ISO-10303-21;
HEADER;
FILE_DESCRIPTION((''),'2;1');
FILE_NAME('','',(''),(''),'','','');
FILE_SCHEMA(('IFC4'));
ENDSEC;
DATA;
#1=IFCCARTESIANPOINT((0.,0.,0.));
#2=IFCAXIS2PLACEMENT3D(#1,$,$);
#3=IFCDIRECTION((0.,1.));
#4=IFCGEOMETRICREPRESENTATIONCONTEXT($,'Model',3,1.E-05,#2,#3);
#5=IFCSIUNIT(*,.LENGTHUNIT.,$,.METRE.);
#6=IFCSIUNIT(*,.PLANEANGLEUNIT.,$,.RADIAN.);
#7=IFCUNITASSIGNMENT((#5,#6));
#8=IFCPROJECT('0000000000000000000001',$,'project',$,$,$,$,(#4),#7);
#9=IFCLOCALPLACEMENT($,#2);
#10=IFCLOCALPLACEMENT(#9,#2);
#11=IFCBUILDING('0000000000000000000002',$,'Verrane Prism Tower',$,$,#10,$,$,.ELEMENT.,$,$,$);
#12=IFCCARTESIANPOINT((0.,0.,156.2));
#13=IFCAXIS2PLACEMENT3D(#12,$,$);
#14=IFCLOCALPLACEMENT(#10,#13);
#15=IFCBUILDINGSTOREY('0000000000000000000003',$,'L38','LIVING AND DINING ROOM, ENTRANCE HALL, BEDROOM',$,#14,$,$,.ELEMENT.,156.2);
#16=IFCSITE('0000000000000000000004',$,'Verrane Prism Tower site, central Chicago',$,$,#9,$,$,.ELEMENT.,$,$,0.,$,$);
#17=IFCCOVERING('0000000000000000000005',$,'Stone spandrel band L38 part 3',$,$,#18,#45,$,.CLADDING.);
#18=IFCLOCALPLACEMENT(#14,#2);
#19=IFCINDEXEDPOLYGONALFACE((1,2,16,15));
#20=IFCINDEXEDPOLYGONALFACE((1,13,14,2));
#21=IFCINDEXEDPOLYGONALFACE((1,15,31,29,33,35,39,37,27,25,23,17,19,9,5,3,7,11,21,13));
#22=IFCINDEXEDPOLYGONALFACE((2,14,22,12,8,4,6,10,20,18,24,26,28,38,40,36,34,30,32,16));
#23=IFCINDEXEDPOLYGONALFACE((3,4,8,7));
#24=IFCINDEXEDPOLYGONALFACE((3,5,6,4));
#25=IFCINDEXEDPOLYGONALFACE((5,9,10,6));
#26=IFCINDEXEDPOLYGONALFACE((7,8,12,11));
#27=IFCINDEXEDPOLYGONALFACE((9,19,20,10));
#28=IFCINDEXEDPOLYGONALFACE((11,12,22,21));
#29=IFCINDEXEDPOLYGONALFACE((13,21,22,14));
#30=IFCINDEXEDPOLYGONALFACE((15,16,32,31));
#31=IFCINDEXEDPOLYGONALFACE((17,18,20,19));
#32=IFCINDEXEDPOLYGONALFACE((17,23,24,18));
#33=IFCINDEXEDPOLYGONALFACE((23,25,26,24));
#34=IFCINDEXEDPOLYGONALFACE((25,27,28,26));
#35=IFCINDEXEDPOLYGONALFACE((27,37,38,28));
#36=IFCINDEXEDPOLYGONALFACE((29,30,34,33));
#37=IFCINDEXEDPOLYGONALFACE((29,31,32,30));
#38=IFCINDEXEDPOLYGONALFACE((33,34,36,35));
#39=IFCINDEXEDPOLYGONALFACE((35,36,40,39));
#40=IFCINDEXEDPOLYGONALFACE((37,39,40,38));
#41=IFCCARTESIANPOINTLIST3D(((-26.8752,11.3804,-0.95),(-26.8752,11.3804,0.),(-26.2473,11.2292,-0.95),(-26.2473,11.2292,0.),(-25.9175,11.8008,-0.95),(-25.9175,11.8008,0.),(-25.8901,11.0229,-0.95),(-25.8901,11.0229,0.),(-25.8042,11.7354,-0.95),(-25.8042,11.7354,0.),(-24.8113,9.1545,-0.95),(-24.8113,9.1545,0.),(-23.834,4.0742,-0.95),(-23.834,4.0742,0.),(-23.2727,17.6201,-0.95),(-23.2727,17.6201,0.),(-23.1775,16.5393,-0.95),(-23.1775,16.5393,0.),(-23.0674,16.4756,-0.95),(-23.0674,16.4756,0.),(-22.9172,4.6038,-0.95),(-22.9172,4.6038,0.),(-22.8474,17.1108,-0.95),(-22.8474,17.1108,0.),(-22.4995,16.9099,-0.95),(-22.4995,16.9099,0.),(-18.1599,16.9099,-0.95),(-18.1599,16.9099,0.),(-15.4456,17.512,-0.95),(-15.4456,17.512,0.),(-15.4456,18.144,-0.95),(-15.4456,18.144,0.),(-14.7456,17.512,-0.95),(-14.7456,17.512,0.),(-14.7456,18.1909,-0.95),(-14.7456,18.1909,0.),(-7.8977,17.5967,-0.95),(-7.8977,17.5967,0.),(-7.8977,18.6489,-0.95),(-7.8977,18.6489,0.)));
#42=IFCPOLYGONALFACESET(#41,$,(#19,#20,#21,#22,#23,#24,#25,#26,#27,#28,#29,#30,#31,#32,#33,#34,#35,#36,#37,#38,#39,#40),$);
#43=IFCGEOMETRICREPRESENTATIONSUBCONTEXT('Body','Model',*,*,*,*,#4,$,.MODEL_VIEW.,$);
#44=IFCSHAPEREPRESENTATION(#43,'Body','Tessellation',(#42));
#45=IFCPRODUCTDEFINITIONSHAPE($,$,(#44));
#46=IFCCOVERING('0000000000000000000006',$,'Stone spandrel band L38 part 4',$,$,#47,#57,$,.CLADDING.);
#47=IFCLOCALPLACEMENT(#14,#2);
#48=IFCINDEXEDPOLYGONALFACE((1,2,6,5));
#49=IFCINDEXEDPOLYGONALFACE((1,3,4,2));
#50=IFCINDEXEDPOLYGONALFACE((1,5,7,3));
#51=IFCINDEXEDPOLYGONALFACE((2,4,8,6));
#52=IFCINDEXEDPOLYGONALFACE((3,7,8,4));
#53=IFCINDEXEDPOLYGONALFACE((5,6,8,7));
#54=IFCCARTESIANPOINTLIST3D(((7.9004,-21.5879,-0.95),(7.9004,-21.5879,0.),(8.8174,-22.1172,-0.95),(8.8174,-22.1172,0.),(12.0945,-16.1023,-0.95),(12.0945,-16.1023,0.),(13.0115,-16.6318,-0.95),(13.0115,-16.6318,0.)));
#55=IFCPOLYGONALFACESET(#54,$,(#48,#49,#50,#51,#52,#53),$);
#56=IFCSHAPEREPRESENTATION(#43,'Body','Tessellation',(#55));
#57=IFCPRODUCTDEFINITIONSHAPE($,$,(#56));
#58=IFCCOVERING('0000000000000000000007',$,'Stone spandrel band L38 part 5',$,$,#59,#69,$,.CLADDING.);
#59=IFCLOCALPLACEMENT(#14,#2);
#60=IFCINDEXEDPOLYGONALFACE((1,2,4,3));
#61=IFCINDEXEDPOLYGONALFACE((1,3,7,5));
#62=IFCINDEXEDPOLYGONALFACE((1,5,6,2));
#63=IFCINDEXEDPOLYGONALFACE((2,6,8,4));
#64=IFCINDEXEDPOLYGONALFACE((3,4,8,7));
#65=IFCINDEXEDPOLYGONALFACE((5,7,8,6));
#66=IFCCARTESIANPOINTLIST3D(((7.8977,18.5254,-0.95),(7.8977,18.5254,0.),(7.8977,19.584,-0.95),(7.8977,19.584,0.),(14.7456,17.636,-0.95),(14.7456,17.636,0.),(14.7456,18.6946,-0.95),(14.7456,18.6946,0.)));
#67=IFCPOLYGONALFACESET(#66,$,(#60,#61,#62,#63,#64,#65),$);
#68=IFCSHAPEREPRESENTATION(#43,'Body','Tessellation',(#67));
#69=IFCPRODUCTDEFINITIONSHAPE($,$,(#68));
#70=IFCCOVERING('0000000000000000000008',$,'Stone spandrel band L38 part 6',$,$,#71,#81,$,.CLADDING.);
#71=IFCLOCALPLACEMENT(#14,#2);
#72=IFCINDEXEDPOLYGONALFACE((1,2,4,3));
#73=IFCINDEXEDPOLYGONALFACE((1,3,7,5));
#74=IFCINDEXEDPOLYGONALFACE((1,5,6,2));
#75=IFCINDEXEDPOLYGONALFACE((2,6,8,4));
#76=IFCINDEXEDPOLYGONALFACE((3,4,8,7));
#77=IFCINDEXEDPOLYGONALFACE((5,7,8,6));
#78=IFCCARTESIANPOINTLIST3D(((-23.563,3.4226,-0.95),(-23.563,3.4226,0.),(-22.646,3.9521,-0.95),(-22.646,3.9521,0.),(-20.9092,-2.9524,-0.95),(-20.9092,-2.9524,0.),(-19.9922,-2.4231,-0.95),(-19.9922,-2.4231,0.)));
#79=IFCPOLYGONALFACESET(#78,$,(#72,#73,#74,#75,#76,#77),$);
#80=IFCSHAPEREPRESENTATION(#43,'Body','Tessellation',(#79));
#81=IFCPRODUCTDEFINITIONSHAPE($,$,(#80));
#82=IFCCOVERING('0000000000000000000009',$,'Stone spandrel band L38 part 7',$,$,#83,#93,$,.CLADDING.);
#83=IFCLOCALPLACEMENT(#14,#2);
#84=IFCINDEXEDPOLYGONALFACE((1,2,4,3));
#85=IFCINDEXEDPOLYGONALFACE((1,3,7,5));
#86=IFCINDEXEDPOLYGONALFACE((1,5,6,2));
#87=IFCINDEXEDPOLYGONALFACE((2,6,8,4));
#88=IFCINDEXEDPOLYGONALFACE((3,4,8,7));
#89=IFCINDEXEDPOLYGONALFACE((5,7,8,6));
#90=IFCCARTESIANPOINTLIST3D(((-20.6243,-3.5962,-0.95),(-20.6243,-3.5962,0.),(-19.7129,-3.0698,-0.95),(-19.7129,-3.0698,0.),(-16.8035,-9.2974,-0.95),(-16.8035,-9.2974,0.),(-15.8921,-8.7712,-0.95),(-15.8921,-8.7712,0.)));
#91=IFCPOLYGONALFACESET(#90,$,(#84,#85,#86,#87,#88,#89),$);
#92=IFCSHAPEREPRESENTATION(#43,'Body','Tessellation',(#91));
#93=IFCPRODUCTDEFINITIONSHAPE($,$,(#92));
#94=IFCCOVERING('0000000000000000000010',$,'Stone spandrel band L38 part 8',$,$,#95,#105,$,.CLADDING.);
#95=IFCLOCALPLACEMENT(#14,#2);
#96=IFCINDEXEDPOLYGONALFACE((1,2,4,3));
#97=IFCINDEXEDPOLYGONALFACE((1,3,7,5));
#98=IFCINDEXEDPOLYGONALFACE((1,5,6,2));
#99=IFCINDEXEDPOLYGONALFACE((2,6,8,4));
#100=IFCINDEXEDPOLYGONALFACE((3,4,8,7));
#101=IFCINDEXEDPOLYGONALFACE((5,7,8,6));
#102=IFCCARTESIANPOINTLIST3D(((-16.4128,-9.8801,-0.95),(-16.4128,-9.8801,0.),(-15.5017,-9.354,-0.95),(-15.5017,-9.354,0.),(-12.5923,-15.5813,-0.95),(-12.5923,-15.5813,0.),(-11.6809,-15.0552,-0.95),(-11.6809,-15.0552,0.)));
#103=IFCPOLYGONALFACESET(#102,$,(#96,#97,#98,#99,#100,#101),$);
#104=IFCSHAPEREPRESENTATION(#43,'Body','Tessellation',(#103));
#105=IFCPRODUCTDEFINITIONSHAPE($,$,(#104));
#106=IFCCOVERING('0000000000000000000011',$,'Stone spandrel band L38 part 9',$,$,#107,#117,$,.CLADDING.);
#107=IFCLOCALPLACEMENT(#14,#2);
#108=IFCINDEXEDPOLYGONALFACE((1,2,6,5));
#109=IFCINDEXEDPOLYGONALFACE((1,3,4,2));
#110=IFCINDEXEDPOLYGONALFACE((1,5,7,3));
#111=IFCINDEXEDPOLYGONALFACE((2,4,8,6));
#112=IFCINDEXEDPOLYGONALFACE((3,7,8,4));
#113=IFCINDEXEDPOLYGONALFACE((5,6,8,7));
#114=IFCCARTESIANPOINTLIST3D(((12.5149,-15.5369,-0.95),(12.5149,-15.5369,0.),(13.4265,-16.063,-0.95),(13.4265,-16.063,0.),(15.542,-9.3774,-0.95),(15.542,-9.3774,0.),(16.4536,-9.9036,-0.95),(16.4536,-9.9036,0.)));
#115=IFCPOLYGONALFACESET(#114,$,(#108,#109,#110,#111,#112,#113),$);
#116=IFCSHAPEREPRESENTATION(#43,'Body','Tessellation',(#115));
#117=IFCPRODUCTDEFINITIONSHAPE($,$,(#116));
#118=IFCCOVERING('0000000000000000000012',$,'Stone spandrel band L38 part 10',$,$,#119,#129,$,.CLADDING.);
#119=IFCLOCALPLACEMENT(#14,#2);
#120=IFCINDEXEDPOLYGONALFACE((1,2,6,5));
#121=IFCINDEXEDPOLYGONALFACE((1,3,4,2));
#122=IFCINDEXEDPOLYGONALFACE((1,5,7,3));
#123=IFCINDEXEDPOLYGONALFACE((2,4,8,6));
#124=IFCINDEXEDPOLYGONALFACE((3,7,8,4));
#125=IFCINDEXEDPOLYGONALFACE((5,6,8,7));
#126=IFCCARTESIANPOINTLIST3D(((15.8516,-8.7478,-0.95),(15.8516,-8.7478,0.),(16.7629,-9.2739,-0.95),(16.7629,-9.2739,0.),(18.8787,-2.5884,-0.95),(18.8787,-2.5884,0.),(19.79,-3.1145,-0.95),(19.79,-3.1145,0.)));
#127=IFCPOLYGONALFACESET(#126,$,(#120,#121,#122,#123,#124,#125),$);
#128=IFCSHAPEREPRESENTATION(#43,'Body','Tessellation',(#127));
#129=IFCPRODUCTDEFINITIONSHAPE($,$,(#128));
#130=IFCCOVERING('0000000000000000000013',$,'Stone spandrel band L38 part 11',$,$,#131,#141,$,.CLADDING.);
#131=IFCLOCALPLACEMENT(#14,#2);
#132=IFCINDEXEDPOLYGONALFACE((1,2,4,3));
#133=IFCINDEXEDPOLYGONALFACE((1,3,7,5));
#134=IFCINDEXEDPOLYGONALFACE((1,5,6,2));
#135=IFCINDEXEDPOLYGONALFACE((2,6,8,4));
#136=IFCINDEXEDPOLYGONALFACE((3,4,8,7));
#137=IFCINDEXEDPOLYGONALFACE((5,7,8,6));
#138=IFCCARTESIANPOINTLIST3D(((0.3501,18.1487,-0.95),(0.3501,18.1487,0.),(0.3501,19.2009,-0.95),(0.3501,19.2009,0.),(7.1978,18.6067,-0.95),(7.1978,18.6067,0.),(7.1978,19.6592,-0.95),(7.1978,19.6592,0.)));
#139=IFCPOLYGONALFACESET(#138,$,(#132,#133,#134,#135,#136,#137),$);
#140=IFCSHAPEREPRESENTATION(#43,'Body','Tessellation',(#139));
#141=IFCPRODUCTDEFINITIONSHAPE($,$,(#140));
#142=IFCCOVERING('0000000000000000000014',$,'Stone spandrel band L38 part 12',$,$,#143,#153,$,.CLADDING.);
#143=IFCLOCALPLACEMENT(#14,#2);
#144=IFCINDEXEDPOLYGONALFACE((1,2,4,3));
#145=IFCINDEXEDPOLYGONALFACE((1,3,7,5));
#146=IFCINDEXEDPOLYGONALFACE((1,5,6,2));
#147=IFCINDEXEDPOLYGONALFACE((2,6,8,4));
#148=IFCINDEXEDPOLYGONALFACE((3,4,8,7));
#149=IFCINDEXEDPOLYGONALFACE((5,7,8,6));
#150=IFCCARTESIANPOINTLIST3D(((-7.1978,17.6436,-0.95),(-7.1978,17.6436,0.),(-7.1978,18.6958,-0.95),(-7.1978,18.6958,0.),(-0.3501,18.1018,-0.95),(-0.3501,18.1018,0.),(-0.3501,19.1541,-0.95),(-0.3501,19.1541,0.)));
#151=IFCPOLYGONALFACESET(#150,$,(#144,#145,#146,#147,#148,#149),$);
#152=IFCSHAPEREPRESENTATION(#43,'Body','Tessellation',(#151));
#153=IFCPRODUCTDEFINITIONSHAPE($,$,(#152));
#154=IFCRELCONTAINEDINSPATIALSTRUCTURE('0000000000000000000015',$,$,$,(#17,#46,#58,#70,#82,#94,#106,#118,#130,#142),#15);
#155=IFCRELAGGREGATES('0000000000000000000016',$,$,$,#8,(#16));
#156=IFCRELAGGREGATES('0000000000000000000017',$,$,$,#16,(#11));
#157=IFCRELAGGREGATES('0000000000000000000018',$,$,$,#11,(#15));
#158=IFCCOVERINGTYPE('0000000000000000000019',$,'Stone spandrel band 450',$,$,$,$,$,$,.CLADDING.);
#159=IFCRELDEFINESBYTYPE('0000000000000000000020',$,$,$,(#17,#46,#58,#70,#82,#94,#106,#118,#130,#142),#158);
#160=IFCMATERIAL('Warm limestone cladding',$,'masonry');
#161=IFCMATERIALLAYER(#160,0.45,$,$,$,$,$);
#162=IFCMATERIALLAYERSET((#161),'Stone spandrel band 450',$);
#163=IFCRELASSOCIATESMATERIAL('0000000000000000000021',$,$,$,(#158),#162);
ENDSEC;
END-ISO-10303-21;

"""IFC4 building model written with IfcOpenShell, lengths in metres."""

from ifc_helpers import new_model, si_unit, direction, frame, origin, place, context, subcontext, project, spatial, polyline, outline, extrude, material, layer, layer_set, type_object, element, save


model = new_model("IFC4")

# Units and contexts
model_context = context("Model", 3, precision=1e-05, world=origin(), true_north=direction((0.0, 1.0)))
body_context = subcontext(model_context, "Body", "Model", "MODEL_VIEW")
ifc_project = project(units=[si_unit("LENGTHUNIT", "METRE"), si_unit("PLANEANGLEUNIT", "RADIAN")], contexts=[model_context])

# Site, building, storey
site_placement = place(None, origin())
site = spatial("IfcSite", under=ifc_project, at=site_placement, Name="Verrane Prism Tower site, central Chicago", CompositionType="ELEMENT", RefElevation=0.0)
building_placement = place(site_placement, origin())
building = spatial("IfcBuilding", under=site, at=building_placement, Name="Verrane Prism Tower", CompositionType="ELEMENT")
storey_placement = place(building_placement, frame((0.0, 0.0, 156.2)))
storey = spatial("IfcBuildingStorey", under=building, at=storey_placement, Name="L38", Description="LIVING AND DINING ROOM, ENTRANCE HALL, BEDROOM", CompositionType="ELEMENT", Elevation=156.2)

# Coverings
ifc_material_1 = material(Name="Warm limestone cladding", Category="masonry")
ifc_layer_1 = layer(ifc_material_1, 0.45)
ifc_layer_set_1 = layer_set([ifc_layer_1], Name="Stone spandrel band 450")
covering_type = type_object("IfcCoveringType", Name="Stone spandrel band 450", PredefinedType="CLADDING", material=ifc_layer_set_1)
covering_1_placement = place(storey_placement, frame((0.0, 0.0, -0.95)))
element("IfcCovering", 1, at=covering_1_placement, inside=storey, type_object=covering_type, Name="Stone spandrel band L38 part 3", PredefinedType="CLADDING", context=body_context, shape_type="SweptSolid", body=[
    extrude(outline(polyline([(-22.9172, 4.6038), (-24.8113, 9.1545), (-25.8901, 11.0229), (-26.2473, 11.2292), (-25.9175, 11.8008), (-25.8042, 11.7354), (-23.0674, 16.4756), (-23.1775, 16.5393), (-22.8474, 17.1108), (-22.4995, 16.9099), (-18.1599, 16.9099), (-7.8977, 17.5967), (-7.8977, 18.6489), (-14.7456, 18.1909), (-14.7456, 17.512), (-15.4456, 17.512), (-15.4456, 18.144), (-23.2727, 17.6201), (-26.8752, 11.3804), (-23.834, 4.0742), (-22.9172, 4.6038)])), origin(), (0.0, 0.0, 1.0), 0.95),
])
covering_2_placement = place(storey_placement, frame((0.0, 0.0, -0.95)))
element("IfcCovering", 2, at=covering_2_placement, inside=storey, type_object=covering_type, Name="Stone spandrel band L38 part 4", PredefinedType="CLADDING", context=body_context, shape_type="SweptSolid", body=[
    extrude(outline(polyline([(12.0945, -16.1023), (7.9004, -21.5879), (8.8174, -22.1172), (13.0115, -16.6318), (12.0945, -16.1023)])), origin(), (0.0, 0.0, 1.0), 0.95),
])
covering_3_placement = place(storey_placement, frame((0.0, 0.0, -0.95)))
element("IfcCovering", 3, at=covering_3_placement, inside=storey, type_object=covering_type, Name="Stone spandrel band L38 part 5", PredefinedType="CLADDING", context=body_context, shape_type="SweptSolid", body=[
    extrude(outline(polyline([(7.8977, 18.5254), (14.7456, 17.636), (14.7456, 18.6946), (7.8977, 19.584), (7.8977, 18.5254)])), origin(), (0.0, 0.0, 1.0), 0.95),
])
covering_4_placement = place(storey_placement, frame((0.0, 0.0, -0.95)))
element("IfcCovering", 4, at=covering_4_placement, inside=storey, type_object=covering_type, Name="Stone spandrel band L38 part 6", PredefinedType="CLADDING", context=body_context, shape_type="SweptSolid", body=[
    extrude(outline(polyline([(-20.9092, -2.9524), (-19.9922, -2.4231), (-22.646, 3.9521), (-23.563, 3.4226), (-20.9092, -2.9524)])), origin(), (0.0, 0.0, 1.0), 0.95),
])
covering_5_placement = place(storey_placement, frame((0.0, 0.0, -0.95)))
element("IfcCovering", 5, at=covering_5_placement, inside=storey, type_object=covering_type, Name="Stone spandrel band L38 part 7", PredefinedType="CLADDING", context=body_context, shape_type="SweptSolid", body=[
    extrude(outline(polyline([(-16.8035, -9.2974), (-15.8921, -8.7712), (-19.7129, -3.0698), (-20.6243, -3.5962), (-16.8035, -9.2974)])), origin(), (0.0, 0.0, 1.0), 0.95),
])
covering_6_placement = place(storey_placement, frame((0.0, 0.0, -0.95)))
element("IfcCovering", 6, at=covering_6_placement, inside=storey, type_object=covering_type, Name="Stone spandrel band L38 part 8", PredefinedType="CLADDING", context=body_context, shape_type="SweptSolid", body=[
    extrude(outline(polyline([(-11.6809, -15.0552), (-15.5017, -9.354), (-16.4128, -9.8801), (-12.5923, -15.5813), (-11.6809, -15.0552)])), origin(), (0.0, 0.0, 1.0), 0.95),
])
covering_7_placement = place(storey_placement, frame((0.0, 0.0, -0.95)))
element("IfcCovering", 7, at=covering_7_placement, inside=storey, type_object=covering_type, Name="Stone spandrel band L38 part 9", PredefinedType="CLADDING", context=body_context, shape_type="SweptSolid", body=[
    extrude(outline(polyline([(16.4536, -9.9036), (15.542, -9.3774), (12.5149, -15.5369), (13.4265, -16.063), (16.4536, -9.9036)])), origin(), (0.0, 0.0, 1.0), 0.95),
])
covering_8_placement = place(storey_placement, frame((0.0, 0.0, -0.95)))
element("IfcCovering", 8, at=covering_8_placement, inside=storey, type_object=covering_type, Name="Stone spandrel band L38 part 10", PredefinedType="CLADDING", context=body_context, shape_type="SweptSolid", body=[
    extrude(outline(polyline([(18.8787, -2.5884), (15.8516, -8.7478), (16.7629, -9.2739), (19.79, -3.1145), (18.8787, -2.5884)])), origin(), (0.0, 0.0, 1.0), 0.95),
])
covering_9_placement = place(storey_placement, frame((0.0, 0.0, -0.95)))
element("IfcCovering", 9, at=covering_9_placement, inside=storey, type_object=covering_type, Name="Stone spandrel band L38 part 11", PredefinedType="CLADDING", context=body_context, shape_type="SweptSolid", body=[
    extrude(outline(polyline([(0.3501, 18.1487), (7.1978, 18.6067), (7.1978, 19.6592), (0.3501, 19.2009), (0.3501, 18.1487)])), origin(), (0.0, 0.0, 1.0), 0.95),
])
covering_10_placement = place(storey_placement, frame((0.0, 0.0, -0.95)))
element("IfcCovering", 10, at=covering_10_placement, inside=storey, type_object=covering_type, Name="Stone spandrel band L38 part 12", PredefinedType="CLADDING", context=body_context, shape_type="SweptSolid", body=[
    extrude(outline(polyline([(-7.1978, 18.6958), (-7.1978, 17.6436), (-0.3501, 18.1018), (-0.3501, 19.1541), (-7.1978, 18.6958)])), origin(), (0.0, 0.0, 1.0), 0.95),
])

save(model, "model.ifc")
